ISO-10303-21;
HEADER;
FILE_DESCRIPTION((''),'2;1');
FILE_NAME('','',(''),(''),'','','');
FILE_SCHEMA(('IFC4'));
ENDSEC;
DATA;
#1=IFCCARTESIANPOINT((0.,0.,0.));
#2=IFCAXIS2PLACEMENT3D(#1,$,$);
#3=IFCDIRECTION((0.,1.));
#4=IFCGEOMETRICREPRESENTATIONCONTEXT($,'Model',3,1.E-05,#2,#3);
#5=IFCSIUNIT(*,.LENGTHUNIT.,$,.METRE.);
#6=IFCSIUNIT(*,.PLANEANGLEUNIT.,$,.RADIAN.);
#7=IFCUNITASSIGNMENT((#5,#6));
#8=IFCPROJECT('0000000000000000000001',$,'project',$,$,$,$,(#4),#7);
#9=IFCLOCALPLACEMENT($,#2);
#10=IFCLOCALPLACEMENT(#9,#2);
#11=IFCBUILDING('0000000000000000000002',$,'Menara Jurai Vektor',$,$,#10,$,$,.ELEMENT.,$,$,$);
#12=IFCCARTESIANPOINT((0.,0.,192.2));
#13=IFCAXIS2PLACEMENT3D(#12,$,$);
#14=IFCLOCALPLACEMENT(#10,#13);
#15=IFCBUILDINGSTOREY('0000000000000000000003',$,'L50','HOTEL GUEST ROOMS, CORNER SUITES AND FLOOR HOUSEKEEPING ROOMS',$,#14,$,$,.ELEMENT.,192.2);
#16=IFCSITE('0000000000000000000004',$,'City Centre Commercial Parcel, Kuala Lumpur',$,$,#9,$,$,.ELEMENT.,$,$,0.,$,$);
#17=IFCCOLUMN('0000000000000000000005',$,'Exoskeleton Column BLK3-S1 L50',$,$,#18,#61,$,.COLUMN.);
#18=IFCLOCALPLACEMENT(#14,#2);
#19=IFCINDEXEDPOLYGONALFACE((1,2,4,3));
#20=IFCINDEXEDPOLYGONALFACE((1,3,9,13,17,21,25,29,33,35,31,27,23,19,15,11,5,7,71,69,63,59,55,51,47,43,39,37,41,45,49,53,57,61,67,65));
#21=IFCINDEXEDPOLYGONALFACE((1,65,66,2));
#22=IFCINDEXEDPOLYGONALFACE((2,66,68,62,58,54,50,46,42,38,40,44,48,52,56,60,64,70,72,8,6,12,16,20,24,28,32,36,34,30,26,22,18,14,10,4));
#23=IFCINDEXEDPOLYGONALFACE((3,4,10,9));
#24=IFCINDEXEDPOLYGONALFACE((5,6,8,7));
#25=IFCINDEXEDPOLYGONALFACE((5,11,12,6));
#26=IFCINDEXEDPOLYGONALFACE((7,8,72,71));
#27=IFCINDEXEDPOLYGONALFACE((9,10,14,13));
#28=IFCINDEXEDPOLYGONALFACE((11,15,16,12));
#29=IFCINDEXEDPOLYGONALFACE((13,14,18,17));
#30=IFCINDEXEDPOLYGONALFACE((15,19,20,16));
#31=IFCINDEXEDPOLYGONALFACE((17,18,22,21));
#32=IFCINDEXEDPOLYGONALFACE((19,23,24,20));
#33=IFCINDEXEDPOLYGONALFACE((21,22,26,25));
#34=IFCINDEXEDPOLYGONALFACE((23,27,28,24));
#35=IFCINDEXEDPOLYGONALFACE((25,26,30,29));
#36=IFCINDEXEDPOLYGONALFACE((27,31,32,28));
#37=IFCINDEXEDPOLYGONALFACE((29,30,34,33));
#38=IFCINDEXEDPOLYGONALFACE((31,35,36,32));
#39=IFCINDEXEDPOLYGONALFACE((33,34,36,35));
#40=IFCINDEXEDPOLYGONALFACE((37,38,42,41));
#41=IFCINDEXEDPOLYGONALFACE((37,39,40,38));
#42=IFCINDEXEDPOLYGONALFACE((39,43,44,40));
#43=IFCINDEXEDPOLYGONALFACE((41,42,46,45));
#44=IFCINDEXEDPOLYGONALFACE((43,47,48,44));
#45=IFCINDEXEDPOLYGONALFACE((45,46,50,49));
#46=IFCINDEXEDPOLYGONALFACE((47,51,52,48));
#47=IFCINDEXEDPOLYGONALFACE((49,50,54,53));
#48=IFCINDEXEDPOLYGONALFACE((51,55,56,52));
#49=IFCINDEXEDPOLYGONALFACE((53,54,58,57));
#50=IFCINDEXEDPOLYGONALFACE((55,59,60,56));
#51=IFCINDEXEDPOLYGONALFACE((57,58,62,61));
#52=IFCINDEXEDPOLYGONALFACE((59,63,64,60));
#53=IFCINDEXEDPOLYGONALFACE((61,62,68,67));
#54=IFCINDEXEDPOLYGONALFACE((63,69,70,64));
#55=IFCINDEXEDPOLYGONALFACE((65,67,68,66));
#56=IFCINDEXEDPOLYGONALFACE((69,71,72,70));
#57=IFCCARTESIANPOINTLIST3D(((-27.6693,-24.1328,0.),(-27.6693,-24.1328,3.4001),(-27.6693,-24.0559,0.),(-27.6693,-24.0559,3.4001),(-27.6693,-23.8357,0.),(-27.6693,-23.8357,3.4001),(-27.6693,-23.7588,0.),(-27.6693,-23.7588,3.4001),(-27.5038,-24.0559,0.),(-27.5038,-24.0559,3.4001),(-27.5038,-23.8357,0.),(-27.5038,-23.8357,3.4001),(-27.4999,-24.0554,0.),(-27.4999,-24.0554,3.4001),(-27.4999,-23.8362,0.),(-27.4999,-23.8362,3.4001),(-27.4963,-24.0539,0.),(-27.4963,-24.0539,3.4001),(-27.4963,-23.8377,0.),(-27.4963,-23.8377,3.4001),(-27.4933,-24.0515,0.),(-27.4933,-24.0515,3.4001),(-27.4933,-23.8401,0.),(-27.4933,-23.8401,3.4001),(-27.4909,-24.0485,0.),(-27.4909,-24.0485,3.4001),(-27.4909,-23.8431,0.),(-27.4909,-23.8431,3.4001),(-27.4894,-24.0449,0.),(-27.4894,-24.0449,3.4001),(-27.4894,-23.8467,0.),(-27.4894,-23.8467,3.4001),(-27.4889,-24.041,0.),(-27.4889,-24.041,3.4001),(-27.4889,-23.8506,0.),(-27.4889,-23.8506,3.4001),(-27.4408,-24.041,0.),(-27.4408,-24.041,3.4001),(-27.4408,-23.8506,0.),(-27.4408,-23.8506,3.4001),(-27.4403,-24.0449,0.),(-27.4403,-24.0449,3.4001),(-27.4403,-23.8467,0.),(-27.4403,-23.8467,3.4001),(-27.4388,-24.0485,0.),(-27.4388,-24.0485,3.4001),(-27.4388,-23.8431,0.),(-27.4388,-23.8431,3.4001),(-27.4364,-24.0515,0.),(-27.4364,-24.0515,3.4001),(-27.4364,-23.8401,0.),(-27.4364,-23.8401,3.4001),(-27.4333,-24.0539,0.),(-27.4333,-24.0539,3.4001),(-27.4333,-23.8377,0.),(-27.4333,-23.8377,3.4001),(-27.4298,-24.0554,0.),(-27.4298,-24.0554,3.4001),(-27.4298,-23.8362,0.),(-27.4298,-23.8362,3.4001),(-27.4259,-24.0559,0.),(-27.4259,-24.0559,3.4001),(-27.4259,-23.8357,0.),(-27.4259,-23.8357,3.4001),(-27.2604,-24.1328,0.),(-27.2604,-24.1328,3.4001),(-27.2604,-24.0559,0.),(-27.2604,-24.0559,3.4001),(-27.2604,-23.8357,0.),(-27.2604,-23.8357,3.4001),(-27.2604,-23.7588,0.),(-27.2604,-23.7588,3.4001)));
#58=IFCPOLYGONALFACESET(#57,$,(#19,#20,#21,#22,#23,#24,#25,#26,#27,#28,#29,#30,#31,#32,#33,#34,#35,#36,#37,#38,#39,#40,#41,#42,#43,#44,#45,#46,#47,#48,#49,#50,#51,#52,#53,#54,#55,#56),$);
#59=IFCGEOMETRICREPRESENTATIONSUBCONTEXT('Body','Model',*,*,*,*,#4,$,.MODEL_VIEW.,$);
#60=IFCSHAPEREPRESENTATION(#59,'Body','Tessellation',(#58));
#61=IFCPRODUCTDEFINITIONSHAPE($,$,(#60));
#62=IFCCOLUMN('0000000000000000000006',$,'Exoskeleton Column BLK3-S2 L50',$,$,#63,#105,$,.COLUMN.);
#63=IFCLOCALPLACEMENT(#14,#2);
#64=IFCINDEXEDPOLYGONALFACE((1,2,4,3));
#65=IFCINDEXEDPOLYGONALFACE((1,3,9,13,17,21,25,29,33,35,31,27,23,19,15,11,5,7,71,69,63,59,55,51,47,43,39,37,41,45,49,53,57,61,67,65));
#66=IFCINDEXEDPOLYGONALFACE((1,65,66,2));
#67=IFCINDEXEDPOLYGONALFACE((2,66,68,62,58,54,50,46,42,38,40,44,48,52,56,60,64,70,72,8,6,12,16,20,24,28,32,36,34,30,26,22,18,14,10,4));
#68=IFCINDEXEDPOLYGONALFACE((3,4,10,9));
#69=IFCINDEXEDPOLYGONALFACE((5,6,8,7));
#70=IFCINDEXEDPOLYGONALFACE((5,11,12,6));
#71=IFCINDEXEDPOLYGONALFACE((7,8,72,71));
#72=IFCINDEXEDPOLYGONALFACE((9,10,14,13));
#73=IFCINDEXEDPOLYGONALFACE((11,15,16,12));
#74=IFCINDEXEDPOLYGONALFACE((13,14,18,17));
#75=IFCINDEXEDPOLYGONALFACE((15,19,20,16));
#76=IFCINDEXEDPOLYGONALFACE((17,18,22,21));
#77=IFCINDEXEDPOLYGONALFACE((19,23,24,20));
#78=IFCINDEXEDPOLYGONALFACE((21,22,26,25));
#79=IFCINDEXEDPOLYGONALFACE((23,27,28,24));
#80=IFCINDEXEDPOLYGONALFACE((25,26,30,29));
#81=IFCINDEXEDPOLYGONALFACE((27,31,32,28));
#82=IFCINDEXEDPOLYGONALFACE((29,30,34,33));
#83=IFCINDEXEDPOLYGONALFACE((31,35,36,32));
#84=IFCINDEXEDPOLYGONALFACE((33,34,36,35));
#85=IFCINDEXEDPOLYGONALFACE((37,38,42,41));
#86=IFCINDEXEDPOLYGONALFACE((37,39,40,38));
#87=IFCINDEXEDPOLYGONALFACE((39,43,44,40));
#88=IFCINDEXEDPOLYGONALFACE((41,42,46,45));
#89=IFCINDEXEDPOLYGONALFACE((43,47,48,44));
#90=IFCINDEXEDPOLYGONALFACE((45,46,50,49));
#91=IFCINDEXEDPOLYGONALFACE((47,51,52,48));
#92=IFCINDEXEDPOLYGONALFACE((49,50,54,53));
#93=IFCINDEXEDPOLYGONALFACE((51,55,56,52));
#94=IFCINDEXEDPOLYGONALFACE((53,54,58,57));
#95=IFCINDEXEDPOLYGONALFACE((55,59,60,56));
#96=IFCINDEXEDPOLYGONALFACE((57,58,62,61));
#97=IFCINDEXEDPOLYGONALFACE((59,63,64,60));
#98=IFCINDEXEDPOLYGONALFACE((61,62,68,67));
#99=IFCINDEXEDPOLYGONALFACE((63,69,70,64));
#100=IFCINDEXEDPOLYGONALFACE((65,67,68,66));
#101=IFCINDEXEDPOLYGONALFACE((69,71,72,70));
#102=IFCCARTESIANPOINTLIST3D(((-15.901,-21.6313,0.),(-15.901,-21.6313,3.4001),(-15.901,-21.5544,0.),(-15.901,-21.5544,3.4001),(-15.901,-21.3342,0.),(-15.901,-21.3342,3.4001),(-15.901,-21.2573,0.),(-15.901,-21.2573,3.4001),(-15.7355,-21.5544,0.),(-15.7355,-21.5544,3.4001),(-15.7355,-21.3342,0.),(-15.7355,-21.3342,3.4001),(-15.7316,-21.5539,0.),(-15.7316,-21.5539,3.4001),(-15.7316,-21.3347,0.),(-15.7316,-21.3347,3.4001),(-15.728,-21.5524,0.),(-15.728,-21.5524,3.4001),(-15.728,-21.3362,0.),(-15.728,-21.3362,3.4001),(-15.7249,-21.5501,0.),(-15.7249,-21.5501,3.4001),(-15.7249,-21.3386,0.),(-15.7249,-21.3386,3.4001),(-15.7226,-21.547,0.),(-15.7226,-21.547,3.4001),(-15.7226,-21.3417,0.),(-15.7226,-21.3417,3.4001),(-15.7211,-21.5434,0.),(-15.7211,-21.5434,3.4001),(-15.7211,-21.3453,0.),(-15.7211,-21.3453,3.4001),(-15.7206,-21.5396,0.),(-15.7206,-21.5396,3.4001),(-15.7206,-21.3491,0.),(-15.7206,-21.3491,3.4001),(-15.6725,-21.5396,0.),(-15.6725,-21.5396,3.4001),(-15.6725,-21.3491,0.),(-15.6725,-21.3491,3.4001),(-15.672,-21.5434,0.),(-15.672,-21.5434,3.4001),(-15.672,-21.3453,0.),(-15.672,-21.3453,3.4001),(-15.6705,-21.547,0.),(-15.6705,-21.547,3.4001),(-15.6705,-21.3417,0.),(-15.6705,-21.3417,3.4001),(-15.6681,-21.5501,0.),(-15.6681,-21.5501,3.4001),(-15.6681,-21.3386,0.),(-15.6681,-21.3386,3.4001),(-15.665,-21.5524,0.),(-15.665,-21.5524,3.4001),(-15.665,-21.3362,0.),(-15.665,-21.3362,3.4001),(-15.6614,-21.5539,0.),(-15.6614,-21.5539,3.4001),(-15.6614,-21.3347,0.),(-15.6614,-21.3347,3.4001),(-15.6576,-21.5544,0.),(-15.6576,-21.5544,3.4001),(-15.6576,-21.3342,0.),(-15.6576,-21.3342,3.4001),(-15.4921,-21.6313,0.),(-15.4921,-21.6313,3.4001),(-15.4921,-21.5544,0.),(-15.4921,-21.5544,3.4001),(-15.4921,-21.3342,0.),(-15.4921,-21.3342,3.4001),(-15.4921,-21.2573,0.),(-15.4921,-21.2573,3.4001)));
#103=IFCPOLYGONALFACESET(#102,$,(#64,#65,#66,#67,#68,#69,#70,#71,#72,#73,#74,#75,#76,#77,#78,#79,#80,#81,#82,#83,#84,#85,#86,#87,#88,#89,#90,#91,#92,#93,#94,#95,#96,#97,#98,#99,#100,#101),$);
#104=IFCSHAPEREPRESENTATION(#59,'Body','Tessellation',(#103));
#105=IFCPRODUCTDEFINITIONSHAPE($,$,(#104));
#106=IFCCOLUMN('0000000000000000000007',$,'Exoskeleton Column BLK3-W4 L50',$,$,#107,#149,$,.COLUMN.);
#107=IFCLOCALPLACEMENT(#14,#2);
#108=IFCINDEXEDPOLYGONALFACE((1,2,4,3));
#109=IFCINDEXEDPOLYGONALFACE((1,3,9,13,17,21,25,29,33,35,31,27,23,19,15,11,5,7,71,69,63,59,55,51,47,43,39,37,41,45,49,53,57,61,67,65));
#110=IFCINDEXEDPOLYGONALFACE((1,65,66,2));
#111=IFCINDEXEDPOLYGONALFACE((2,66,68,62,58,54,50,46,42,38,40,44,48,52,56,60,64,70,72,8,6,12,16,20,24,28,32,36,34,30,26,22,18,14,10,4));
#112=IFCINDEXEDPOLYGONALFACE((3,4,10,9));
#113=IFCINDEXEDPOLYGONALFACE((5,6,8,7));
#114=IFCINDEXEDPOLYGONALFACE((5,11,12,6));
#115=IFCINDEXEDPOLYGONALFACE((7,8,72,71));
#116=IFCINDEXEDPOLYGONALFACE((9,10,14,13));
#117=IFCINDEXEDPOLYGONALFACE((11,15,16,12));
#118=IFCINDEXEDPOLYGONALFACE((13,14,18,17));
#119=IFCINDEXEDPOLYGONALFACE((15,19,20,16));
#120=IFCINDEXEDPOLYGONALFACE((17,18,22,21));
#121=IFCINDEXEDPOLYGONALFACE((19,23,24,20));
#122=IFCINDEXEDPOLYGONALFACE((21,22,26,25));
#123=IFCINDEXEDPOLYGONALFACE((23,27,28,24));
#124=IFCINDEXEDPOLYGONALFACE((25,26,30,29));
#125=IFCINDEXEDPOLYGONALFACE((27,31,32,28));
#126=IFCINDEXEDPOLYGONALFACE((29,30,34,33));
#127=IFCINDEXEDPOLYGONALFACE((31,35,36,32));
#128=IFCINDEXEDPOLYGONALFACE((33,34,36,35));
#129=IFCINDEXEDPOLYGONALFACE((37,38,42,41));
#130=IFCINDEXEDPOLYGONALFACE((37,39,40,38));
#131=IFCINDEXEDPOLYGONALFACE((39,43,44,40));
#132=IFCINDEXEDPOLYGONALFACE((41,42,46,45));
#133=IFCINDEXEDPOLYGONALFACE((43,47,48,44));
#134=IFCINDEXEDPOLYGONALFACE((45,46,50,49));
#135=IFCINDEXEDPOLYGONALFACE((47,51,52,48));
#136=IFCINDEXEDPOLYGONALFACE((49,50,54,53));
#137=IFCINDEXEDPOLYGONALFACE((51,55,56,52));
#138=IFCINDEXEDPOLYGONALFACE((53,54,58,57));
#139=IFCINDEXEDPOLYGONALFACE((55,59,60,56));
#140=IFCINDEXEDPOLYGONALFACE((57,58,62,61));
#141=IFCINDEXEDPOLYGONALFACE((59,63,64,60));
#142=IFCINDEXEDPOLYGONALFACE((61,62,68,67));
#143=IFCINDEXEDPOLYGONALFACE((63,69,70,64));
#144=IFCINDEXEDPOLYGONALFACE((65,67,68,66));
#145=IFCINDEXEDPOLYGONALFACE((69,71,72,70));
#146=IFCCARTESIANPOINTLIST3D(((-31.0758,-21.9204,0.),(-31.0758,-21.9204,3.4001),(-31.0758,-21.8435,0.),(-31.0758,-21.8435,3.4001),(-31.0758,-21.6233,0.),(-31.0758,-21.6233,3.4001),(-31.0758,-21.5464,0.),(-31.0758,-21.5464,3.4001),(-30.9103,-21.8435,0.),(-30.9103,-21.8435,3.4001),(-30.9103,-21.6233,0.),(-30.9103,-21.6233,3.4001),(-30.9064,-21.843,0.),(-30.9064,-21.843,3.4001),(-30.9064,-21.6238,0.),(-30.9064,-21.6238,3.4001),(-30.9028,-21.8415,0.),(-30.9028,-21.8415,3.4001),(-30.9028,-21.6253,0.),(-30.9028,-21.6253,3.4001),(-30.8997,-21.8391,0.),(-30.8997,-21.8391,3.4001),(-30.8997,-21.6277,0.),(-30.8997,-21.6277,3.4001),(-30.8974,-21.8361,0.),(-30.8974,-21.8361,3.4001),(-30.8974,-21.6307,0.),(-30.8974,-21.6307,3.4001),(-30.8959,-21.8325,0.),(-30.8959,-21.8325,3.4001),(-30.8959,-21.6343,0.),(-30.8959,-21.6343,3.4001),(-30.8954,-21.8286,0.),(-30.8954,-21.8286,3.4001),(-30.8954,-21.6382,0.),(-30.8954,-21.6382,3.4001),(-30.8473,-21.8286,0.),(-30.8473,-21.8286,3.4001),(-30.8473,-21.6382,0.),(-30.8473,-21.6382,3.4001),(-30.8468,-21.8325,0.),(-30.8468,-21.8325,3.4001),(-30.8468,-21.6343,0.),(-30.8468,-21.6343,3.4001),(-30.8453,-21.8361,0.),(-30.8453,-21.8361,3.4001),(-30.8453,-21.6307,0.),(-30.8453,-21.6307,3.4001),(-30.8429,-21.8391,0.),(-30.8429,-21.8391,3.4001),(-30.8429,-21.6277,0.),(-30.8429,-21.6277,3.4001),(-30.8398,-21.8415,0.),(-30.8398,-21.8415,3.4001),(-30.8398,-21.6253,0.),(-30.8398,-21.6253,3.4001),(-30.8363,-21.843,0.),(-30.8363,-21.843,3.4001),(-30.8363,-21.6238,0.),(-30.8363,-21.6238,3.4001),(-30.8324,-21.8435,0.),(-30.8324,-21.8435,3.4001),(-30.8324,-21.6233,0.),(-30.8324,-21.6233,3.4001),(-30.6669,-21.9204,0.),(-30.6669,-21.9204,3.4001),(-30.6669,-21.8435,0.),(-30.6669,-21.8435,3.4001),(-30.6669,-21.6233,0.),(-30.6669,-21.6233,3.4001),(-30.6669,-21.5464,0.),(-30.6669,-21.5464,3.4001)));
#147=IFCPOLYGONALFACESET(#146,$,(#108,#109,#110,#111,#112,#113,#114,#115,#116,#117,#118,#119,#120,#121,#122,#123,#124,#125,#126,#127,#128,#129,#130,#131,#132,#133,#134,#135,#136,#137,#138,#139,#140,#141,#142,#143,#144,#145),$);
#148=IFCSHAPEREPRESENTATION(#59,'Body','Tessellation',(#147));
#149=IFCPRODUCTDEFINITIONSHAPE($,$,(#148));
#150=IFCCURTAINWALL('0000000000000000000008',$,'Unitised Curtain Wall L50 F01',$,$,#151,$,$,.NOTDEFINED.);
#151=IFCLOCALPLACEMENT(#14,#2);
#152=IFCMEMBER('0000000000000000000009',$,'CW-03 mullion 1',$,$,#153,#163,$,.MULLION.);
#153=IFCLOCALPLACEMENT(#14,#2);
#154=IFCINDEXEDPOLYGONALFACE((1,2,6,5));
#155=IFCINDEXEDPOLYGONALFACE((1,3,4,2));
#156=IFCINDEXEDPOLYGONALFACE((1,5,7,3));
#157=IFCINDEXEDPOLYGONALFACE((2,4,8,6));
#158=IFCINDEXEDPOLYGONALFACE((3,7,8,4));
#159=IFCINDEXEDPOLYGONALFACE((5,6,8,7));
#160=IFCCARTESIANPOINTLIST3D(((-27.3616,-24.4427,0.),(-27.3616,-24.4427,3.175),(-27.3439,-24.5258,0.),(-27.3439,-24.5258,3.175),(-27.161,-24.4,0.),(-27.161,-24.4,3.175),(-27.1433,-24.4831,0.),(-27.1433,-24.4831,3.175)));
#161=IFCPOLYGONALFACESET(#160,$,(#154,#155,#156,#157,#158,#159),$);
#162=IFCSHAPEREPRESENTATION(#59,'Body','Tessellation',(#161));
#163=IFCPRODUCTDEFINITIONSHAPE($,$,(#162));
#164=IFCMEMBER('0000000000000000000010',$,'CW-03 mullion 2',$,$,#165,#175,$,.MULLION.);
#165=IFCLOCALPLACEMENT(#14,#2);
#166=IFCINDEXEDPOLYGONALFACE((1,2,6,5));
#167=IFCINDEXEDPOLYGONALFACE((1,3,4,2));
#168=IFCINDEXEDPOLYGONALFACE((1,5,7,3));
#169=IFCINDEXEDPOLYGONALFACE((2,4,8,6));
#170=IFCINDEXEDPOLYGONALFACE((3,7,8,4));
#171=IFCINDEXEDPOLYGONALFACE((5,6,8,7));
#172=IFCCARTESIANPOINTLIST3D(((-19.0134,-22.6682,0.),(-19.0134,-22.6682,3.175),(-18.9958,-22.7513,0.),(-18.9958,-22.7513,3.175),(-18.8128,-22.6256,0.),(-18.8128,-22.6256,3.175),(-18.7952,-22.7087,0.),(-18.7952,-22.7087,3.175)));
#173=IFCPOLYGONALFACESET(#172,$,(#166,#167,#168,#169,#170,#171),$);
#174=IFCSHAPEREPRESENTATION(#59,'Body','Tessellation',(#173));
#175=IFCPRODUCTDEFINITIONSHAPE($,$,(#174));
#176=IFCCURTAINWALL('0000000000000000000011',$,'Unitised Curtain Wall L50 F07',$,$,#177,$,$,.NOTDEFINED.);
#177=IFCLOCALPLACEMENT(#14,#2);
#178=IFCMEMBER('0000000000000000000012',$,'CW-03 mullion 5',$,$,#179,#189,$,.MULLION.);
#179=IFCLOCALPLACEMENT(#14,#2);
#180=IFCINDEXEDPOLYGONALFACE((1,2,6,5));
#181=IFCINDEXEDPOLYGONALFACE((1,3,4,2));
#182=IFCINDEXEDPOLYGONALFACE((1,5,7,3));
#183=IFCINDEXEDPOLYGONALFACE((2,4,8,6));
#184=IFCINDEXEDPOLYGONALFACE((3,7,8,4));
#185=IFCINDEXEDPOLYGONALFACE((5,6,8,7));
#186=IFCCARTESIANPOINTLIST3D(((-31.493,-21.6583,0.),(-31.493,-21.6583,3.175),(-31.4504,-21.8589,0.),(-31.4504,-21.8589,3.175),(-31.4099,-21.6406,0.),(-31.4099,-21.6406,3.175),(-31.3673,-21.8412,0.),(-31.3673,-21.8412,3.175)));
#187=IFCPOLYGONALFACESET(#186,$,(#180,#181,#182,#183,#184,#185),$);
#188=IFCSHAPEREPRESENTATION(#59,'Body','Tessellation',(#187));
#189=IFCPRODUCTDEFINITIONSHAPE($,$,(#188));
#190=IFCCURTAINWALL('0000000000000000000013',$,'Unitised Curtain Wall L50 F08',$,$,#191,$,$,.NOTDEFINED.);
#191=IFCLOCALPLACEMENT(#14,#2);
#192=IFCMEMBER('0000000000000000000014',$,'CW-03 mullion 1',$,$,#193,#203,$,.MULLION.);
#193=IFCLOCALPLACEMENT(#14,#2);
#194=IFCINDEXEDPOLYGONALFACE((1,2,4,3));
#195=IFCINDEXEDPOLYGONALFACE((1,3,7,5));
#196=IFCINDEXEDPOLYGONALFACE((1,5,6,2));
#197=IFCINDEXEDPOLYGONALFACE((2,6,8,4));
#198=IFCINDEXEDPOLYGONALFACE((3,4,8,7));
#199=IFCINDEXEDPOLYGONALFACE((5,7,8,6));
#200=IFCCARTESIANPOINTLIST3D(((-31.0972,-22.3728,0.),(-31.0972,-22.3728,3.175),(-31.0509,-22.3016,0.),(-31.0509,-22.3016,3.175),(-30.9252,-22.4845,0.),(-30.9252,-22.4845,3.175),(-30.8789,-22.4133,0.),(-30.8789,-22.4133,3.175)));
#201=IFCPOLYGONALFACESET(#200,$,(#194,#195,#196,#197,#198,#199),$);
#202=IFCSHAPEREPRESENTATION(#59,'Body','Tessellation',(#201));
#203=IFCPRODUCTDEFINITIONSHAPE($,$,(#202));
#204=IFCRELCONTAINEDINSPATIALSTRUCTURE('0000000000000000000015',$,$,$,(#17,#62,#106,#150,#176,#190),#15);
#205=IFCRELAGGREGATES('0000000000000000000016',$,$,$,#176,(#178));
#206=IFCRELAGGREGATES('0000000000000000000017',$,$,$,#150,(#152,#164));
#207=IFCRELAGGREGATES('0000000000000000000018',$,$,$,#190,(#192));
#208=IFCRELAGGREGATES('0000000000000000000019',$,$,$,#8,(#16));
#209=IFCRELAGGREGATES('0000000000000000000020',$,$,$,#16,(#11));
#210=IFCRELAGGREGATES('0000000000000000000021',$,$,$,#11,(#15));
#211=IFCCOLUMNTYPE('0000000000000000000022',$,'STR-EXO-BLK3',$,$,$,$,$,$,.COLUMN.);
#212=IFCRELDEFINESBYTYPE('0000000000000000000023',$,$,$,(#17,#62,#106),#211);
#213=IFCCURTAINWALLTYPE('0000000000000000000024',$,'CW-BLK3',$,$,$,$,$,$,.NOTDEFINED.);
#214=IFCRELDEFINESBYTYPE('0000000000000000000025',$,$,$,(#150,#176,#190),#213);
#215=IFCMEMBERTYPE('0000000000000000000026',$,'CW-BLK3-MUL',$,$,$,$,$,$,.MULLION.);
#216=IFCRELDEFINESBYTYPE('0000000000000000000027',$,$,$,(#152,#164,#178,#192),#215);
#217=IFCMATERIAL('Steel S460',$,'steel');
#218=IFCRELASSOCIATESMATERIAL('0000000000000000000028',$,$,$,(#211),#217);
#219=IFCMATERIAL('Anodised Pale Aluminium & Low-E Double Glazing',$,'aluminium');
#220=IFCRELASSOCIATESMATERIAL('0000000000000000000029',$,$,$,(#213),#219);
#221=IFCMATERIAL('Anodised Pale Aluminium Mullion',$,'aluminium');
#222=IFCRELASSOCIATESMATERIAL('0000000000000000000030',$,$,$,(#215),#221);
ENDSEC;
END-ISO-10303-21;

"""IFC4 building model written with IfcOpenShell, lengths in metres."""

from ifc_helpers import new_model, si_unit, direction, frame, origin, origin_2d, place, context, subcontext, project, spatial, rectangle, i_section, extrude, material, material_profile, profile_set, type_object, element, aggregate, save


model = new_model("IFC4")

# Units and contexts
model_context = context("Model", 3, precision=1e-05, world=origin(), true_north=direction((0.0, 1.0)))
body_context = subcontext(model_context, "Body", "Model", "MODEL_VIEW")
ifc_project = project(units=[si_unit("LENGTHUNIT", "METRE"), si_unit("PLANEANGLEUNIT", "RADIAN")], contexts=[model_context])

# Site, building, storey
site_placement = place(None, origin())
site = spatial("IfcSite", under=ifc_project, at=site_placement, Name="City Centre Commercial Parcel, Kuala Lumpur", CompositionType="ELEMENT", RefElevation=0.0)
building_placement = place(site_placement, origin())
building = spatial("IfcBuilding", under=site, at=building_placement, Name="Menara Jurai Vektor", CompositionType="ELEMENT")
storey_placement = place(building_placement, frame((0.0, 0.0, 192.2)))
storey = spatial("IfcBuildingStorey", under=building, at=storey_placement, Name="L50", Description="HOTEL GUEST ROOMS, CORNER SUITES AND FLOOR HOUSEKEEPING ROOMS", CompositionType="ELEMENT", Elevation=192.2)

# Columns
ifc_material_1 = material(Name="Steel S460", Category="steel")
ifc_material_profile_1 = material_profile(ifc_material_1, i_section(OverallWidth=0.4089, OverallDepth=0.374, WebThickness=0.0481, FlangeThickness=0.0769, FilletRadius=0.0149, at=origin_2d()), Name="HD 400x634")
ifc_profile_set_1 = profile_set([ifc_material_profile_1], Name="Steel S460")
column_type = type_object("IfcColumnType", Name="STR-EXO-BLK3", PredefinedType="COLUMN", material=ifc_profile_set_1)
for number, where, z_axis, x_axis, name in (
    (1, (-27.4648, -23.9458, 0.0), (0.0, 0.0, 1.0), (1.0, 0.0, 0.0), "Exoskeleton Column BLK3-S1 L50"),
    (2, (-15.6965, -21.4443, 0.0), (0.0, 0.0, 1.0), (1.0, 0.0, 0.0), "Exoskeleton Column BLK3-S2 L50"),
    (3, (-30.8713, -21.7334, 0.0), (0.0, 0.0, 1.0), (1.0, 0.0, 0.0), "Exoskeleton Column BLK3-W4 L50"),
):
    element("IfcColumn", number, at=place(storey_placement, frame(where, z_axis=z_axis, x_axis=x_axis)), inside=storey, type_object=column_type, Name=name, PredefinedType="COLUMN", context=body_context, shape_type="SweptSolid", body=[
        extrude(i_section(OverallWidth=0.4089, OverallDepth=0.374, WebThickness=0.0481, FlangeThickness=0.0769, FilletRadius=0.0149, at=origin_2d()), origin(), (0.0, 0.0, 1.0), 3.4001),
    ])

# Curtain wall, members
ifc_material_2 = material(Name="Anodised Pale Aluminium & Low-E Double Glazing", Category="aluminium")
curtain_wall_type = type_object("IfcCurtainWallType", Name="CW-BLK3", PredefinedType="NOTDEFINED", material=ifc_material_2)
curtain_wall_1_placement = place(storey_placement, origin())
curtain_wall_1 = element("IfcCurtainWall", 4, at=curtain_wall_1_placement, inside=storey, type_object=curtain_wall_type, Name="Unitised Curtain Wall L50 F01", PredefinedType="NOTDEFINED")
ifc_material_3 = material(Name="Anodised Pale Aluminium Mullion", Category="aluminium")
ifc_material_profile_2 = material_profile(ifc_material_3, rectangle(XDim=0.085, YDim=0.2051, at=origin_2d()), Name="ALU MUL 85x205")
ifc_profile_set_2 = profile_set([ifc_material_profile_2], Name="Anodised Pale Aluminium Mullion")
member_type_1 = type_object("IfcMemberType", Name="CW-BLK3-MUL", PredefinedType="MULLION", material=ifc_profile_set_2)
member_1_placement = place(storey_placement, frame((-27.2524, -24.4629, 0.0), z_axis=(0.0, 0.0, 1.0), x_axis=(-0.207911, 0.978148, 0.0)))
member_1 = element("IfcMember", 5, at=member_1_placement, type_object=member_type_1, Name="CW-03 mullion 1", PredefinedType="MULLION", context=body_context, shape_type="SweptSolid", body=[
    extrude(rectangle(XDim=0.085, YDim=0.2051, at=origin_2d()), origin(), (0.0, 0.0, 1.0), 3.175),
])
member_2_placement = place(storey_placement, frame((-18.9043, -22.6885, 0.0), z_axis=(0.0, 0.0, 1.0), x_axis=(-0.207911, 0.978148, 0.0)))
member_2 = element("IfcMember", 6, at=member_2_placement, type_object=member_type_1, Name="CW-03 mullion 2", PredefinedType="MULLION", context=body_context, shape_type="SweptSolid", body=[
    extrude(rectangle(XDim=0.085, YDim=0.2051, at=origin_2d()), origin(), (0.0, 0.0, 1.0), 3.175),
])

# Curtain wall, member
curtain_wall_2_placement = place(storey_placement, origin())
curtain_wall_2 = element("IfcCurtainWall", 7, at=curtain_wall_2_placement, inside=storey, type_object=curtain_wall_type, Name="Unitised Curtain Wall L50 F07", PredefinedType="NOTDEFINED")
member_3_placement = place(storey_placement, frame((-31.4302, -21.7498, 0.0), z_axis=(0.0, 0.0, 1.0), x_axis=(0.978148, 0.20791, 0.0)))
member_3 = element("IfcMember", 8, at=member_3_placement, type_object=member_type_1, Name="CW-03 mullion 5", PredefinedType="MULLION", context=body_context, shape_type="SweptSolid", body=[
    extrude(rectangle(XDim=0.085, YDim=0.2051, at=origin_2d()), origin(), (0.0, 0.0, 1.0), 3.175),
])
aggregate(curtain_wall_2, [member_3])

# Curtain wall, member
curtain_wall_3_placement = place(storey_placement, origin())
curtain_wall_3 = element("IfcCurtainWall", 9, at=curtain_wall_3_placement, inside=storey, type_object=curtain_wall_type, Name="Unitised Curtain Wall L50 F08", PredefinedType="NOTDEFINED")
member_4_placement = place(storey_placement, frame((-30.988, -22.3931, 0.0), z_axis=(0.0, 0.0, 1.0), x_axis=(0.544618, 0.838684, 0.0)))
member_4 = element("IfcMember", 10, at=member_4_placement, type_object=member_type_1, Name="CW-03 mullion 1", PredefinedType="MULLION", context=body_context, shape_type="SweptSolid", body=[
    extrude(rectangle(XDim=0.085, YDim=0.2051, at=origin_2d()), origin(), (0.0, 0.0, 1.0), 3.175),
])

aggregate(curtain_wall_1, [member_1, member_2])
aggregate(curtain_wall_3, [member_4])

save(model, "model.ifc")
